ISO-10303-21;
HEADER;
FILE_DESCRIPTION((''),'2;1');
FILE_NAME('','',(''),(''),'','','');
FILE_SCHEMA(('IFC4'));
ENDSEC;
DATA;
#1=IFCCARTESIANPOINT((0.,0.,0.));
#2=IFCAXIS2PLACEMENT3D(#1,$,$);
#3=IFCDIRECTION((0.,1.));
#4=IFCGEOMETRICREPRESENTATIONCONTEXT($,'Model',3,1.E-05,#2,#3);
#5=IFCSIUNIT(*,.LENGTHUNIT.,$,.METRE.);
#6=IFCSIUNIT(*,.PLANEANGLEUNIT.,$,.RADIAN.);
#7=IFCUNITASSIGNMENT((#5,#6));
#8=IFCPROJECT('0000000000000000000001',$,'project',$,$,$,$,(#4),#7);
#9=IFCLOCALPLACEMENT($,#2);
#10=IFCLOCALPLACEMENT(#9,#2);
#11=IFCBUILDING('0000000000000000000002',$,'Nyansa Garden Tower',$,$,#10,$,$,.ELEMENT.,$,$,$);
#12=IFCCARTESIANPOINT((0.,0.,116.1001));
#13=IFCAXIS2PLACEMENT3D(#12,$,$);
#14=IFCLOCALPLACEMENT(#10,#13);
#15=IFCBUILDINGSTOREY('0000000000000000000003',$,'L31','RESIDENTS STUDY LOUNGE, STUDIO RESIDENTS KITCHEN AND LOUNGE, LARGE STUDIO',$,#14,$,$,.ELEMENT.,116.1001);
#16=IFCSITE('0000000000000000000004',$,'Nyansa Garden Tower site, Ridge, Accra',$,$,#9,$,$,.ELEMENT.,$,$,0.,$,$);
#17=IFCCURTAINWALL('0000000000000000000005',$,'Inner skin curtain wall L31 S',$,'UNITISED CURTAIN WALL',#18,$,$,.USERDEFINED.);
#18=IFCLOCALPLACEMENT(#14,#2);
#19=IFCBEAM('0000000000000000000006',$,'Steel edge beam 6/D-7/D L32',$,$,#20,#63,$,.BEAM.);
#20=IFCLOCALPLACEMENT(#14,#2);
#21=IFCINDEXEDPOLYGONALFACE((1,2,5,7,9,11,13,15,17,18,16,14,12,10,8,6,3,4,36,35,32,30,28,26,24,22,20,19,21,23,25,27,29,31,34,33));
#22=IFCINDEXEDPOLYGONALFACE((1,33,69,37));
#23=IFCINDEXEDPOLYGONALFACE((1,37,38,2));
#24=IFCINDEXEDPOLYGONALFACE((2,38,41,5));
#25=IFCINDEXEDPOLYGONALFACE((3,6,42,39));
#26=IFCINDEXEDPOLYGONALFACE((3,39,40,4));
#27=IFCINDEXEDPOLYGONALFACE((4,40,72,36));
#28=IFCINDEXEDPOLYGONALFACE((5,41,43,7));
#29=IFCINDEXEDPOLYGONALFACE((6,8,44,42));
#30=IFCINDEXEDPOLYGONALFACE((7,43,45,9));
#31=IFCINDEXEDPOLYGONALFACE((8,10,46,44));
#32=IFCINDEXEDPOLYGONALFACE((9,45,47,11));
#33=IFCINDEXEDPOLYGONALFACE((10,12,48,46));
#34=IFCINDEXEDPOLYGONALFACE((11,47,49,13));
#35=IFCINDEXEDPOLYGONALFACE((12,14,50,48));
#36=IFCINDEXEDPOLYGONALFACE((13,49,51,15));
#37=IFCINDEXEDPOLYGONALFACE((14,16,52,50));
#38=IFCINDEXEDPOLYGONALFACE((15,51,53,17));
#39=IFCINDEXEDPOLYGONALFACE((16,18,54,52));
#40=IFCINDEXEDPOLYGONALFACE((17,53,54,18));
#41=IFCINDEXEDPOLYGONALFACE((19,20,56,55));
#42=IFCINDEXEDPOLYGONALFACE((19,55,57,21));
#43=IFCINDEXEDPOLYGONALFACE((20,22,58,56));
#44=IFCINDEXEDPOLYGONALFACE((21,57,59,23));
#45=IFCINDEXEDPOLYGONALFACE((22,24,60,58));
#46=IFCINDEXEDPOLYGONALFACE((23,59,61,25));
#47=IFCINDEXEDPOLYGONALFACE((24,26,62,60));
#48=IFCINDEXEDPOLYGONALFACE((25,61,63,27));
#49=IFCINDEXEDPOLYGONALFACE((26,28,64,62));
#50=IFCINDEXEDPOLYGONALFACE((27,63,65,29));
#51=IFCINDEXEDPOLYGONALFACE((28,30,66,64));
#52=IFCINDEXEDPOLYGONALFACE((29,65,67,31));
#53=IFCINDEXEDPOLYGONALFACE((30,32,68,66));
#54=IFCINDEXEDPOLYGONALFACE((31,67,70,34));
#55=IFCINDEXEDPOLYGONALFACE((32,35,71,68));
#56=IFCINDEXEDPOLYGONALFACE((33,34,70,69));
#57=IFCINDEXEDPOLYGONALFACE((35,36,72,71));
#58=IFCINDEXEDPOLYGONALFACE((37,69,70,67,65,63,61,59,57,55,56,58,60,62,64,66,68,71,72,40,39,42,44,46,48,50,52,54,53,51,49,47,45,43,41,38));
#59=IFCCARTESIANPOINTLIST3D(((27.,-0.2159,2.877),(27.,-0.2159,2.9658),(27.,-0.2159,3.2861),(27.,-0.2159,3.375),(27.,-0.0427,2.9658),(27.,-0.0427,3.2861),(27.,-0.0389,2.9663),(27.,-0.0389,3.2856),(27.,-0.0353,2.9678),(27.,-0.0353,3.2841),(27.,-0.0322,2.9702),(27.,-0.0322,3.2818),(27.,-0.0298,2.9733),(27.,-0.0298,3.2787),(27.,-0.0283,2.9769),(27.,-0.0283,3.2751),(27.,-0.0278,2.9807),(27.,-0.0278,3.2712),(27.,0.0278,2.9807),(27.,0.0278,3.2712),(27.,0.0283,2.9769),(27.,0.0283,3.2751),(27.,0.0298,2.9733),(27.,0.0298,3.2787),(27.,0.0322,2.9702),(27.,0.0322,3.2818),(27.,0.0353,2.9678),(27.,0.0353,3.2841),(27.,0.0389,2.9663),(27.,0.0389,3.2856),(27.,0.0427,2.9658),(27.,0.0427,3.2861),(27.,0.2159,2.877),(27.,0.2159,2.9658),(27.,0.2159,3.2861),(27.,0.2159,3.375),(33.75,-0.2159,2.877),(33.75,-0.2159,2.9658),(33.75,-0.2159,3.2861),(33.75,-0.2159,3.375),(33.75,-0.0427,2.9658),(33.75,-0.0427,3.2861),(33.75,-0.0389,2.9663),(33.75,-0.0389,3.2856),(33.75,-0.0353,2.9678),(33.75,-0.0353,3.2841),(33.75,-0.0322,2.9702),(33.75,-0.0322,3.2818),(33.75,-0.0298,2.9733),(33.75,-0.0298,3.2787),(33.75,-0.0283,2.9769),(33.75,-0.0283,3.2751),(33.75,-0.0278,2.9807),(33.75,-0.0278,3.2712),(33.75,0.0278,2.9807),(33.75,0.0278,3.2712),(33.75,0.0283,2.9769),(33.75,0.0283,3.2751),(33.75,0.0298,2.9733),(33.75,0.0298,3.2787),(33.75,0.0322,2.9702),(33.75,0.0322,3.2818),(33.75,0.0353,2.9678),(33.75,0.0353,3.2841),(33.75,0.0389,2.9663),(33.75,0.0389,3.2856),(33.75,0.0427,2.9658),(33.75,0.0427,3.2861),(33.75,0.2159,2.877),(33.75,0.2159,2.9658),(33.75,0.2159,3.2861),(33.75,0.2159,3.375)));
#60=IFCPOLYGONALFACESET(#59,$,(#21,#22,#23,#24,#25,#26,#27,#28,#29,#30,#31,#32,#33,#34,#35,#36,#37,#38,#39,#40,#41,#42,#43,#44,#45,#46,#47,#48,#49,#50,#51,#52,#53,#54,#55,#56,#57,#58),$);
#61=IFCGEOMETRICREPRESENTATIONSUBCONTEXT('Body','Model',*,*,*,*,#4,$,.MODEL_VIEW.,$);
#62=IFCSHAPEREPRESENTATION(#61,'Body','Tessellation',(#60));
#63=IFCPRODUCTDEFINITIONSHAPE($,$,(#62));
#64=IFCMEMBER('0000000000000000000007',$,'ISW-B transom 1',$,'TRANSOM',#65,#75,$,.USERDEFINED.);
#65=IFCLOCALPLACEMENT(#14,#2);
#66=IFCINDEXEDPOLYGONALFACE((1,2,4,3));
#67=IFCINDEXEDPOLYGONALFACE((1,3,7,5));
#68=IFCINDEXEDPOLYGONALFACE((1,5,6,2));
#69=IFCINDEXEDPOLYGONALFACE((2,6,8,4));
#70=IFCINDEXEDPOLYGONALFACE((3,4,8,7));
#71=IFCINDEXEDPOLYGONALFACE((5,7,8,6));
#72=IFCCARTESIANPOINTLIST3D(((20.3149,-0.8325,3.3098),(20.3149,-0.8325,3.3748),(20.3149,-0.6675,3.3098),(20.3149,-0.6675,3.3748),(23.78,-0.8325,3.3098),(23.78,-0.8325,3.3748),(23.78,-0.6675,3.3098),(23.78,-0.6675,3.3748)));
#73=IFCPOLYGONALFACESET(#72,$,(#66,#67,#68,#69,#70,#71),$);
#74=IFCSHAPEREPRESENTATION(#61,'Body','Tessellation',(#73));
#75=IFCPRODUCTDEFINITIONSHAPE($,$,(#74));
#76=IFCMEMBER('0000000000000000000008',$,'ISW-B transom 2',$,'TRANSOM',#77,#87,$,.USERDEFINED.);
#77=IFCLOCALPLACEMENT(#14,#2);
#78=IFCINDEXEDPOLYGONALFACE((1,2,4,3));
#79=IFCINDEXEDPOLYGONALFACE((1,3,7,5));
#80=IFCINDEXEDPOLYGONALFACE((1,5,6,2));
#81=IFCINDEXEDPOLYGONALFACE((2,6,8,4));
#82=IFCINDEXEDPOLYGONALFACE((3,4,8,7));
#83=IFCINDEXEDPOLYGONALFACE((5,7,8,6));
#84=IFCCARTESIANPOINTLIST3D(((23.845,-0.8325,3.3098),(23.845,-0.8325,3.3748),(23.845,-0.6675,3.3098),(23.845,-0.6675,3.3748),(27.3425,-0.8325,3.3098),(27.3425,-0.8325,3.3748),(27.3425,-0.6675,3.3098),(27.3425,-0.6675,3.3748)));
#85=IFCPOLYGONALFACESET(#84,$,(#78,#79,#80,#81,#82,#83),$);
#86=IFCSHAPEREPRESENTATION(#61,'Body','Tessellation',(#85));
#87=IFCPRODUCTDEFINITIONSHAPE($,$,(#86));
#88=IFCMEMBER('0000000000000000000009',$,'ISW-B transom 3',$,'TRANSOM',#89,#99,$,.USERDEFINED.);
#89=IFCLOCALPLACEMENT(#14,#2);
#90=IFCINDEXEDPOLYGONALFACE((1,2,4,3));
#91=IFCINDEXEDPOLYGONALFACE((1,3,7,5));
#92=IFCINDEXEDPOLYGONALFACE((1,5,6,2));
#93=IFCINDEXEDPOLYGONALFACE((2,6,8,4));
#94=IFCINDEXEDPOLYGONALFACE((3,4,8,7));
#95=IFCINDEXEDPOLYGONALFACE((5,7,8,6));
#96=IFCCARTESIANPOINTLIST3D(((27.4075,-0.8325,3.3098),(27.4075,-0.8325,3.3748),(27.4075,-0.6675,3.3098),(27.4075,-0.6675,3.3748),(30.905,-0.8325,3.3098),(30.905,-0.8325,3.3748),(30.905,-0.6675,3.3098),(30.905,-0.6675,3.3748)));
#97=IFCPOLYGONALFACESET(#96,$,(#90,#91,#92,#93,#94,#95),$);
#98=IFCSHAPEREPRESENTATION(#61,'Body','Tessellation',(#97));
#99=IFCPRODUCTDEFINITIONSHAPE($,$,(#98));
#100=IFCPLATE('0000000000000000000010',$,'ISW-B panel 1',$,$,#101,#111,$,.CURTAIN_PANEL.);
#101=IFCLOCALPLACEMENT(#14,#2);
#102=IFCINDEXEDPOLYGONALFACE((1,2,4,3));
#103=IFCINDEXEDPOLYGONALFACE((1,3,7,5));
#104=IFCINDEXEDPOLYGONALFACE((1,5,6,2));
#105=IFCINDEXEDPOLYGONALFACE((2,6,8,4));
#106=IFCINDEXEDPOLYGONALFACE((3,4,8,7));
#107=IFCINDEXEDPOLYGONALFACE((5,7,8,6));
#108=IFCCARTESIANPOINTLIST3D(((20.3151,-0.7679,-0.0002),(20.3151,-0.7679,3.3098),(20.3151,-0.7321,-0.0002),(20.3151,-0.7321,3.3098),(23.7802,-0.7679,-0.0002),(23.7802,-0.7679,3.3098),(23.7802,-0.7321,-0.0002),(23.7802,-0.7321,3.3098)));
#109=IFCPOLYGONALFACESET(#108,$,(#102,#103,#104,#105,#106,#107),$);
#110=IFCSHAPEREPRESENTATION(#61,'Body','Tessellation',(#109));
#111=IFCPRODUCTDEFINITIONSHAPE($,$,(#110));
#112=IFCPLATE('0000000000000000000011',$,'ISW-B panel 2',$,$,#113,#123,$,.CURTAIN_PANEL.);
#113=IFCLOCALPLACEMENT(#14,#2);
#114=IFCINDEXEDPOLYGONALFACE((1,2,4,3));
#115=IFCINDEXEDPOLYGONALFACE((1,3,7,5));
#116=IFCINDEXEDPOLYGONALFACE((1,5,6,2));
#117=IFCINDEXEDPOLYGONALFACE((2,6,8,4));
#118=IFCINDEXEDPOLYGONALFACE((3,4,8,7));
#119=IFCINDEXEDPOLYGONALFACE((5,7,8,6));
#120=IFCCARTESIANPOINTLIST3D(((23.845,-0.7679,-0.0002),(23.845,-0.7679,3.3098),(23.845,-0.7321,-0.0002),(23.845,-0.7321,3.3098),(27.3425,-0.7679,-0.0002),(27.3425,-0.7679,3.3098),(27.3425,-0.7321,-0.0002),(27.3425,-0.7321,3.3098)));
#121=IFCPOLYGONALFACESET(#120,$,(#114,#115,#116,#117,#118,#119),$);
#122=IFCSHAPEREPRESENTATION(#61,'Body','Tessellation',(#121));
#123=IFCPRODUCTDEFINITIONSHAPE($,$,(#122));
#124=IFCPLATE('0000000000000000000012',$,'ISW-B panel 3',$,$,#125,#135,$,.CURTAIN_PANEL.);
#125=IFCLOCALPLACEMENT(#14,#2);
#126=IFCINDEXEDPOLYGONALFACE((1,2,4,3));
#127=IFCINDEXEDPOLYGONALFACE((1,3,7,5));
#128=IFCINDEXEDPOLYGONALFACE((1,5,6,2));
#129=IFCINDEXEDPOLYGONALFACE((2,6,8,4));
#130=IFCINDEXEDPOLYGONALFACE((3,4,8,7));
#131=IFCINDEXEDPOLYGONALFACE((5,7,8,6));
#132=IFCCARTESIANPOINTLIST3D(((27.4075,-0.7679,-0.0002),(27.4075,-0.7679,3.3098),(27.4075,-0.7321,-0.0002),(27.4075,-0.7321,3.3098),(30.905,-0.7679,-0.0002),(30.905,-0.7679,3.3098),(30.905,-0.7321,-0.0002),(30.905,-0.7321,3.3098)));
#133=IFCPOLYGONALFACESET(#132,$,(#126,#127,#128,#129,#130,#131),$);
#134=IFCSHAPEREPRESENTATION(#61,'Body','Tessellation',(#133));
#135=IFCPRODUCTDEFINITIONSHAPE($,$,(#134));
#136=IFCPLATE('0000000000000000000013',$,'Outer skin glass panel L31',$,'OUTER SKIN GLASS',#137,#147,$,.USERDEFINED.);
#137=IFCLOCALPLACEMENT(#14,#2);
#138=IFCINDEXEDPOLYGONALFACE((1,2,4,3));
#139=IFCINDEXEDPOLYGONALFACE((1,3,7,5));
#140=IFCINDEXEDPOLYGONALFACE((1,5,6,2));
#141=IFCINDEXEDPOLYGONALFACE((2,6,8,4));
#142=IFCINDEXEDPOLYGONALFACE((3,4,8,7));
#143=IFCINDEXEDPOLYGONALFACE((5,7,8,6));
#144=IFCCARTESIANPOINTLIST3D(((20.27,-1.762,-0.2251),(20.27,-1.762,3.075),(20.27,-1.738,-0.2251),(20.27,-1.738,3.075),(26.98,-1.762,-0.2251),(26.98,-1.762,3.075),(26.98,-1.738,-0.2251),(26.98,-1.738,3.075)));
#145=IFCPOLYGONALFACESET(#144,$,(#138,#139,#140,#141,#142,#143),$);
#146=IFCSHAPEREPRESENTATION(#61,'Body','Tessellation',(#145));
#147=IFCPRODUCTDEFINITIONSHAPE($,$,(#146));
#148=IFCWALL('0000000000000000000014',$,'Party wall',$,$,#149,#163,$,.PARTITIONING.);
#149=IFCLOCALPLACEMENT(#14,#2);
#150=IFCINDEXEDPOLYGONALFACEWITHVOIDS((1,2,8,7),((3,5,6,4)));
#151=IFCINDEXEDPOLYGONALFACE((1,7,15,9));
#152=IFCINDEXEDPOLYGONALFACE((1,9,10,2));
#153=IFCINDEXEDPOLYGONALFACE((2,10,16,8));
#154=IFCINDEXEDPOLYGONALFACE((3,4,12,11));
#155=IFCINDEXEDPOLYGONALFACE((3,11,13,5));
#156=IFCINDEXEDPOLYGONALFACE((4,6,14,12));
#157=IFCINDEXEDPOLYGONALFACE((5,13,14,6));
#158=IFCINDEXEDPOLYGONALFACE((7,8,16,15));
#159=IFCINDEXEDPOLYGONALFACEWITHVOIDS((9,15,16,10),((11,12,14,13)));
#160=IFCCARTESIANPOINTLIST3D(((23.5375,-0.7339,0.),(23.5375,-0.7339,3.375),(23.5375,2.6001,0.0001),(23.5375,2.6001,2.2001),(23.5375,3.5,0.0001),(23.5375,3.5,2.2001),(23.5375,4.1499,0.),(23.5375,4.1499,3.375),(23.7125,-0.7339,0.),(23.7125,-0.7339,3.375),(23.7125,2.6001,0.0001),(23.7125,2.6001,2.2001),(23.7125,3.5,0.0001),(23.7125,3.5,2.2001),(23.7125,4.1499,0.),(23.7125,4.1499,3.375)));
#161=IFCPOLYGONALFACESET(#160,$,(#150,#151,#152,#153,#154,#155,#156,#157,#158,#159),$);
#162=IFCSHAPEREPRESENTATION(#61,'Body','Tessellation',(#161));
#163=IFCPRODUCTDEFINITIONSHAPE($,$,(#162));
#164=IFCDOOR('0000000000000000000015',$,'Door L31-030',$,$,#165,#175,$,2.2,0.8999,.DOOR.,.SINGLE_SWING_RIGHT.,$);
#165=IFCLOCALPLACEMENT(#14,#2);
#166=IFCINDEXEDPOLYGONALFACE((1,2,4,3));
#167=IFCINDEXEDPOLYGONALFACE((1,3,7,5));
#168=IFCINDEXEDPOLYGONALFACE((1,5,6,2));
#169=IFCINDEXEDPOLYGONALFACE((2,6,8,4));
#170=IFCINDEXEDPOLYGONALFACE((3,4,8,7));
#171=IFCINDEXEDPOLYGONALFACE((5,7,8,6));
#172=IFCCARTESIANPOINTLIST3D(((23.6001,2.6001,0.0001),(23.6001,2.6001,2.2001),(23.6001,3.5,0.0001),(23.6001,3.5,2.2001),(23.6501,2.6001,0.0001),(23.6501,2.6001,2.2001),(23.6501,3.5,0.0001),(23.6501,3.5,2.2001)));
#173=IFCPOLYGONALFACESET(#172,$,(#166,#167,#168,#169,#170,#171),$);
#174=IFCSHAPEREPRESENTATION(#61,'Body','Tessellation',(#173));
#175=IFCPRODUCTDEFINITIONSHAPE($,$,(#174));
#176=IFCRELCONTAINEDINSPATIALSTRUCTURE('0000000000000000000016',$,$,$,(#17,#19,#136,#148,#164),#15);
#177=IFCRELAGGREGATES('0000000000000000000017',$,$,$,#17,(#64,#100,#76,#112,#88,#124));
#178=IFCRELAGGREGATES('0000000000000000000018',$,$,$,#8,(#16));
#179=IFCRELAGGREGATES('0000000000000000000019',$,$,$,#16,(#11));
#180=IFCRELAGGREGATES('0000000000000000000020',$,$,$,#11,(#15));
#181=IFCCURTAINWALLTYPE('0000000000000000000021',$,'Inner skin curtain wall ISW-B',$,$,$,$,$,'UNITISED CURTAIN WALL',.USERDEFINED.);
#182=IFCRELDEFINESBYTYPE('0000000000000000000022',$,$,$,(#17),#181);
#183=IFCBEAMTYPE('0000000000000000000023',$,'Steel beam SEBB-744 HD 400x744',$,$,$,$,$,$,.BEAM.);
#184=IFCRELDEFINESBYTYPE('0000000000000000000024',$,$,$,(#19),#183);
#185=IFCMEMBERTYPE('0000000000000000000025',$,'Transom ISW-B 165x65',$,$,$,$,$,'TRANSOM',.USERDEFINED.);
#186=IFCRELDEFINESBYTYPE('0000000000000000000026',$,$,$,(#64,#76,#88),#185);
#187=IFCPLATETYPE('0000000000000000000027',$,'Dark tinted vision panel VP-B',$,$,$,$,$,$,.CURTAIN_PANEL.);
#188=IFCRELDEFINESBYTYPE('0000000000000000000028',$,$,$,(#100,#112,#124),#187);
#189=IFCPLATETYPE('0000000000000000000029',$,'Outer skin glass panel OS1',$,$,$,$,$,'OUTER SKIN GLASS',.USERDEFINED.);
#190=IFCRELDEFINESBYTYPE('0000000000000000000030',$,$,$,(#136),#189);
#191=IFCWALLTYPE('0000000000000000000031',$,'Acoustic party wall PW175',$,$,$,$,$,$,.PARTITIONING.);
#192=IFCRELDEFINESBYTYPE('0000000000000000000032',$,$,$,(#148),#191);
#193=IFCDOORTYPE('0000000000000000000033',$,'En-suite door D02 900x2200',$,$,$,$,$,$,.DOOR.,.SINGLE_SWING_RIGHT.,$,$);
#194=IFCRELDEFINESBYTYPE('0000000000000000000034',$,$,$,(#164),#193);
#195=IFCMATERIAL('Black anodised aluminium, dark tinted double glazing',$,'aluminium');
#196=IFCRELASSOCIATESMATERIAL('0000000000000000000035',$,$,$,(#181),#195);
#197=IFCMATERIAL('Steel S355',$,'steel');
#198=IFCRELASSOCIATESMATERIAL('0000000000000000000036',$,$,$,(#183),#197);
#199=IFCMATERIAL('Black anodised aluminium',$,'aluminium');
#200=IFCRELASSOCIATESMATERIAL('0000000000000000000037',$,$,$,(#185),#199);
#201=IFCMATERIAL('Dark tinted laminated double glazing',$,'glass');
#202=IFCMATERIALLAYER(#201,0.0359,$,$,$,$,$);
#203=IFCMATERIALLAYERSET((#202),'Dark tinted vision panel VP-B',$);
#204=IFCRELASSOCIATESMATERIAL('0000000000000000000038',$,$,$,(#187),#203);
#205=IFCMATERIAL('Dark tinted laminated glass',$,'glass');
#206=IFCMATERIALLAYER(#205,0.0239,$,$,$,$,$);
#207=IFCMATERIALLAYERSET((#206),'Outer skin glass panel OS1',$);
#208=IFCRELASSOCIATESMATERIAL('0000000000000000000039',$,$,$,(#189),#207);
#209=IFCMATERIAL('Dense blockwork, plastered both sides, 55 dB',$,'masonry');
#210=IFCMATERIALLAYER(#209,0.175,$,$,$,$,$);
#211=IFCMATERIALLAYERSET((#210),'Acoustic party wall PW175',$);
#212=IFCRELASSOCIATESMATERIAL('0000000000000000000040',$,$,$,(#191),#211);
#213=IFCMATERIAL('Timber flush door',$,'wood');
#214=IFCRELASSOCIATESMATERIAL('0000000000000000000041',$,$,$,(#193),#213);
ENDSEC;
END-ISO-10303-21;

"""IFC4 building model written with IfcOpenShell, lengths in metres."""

from ifc_helpers import new_model, si_unit, direction, frame, frame_2d, origin, origin_2d, place, context, subcontext, project, spatial, rectangle, i_section, extrude, material, layer, layer_set, material_profile, profile_set, type_object, element, fill, aggregate, save


model = new_model("IFC4")

# Units and contexts
model_context = context("Model", 3, precision=1e-05, world=origin(), true_north=direction((0.0, 1.0)))
body_context = subcontext(model_context, "Body", "Model", "MODEL_VIEW")
ifc_project = project(units=[si_unit("LENGTHUNIT", "METRE"), si_unit("PLANEANGLEUNIT", "RADIAN")], contexts=[model_context])

# Site, building, storey
site_placement = place(None, origin())
site = spatial("IfcSite", under=ifc_project, at=site_placement, Name="Nyansa Garden Tower site, Ridge, Accra", CompositionType="ELEMENT", RefElevation=0.0)
building_placement = place(site_placement, origin())
building = spatial("IfcBuilding", under=site, at=building_placement, Name="Nyansa Garden Tower", CompositionType="ELEMENT")
storey_placement = place(building_placement, frame((0.0, 0.0, 116.1001)))
storey = spatial("IfcBuildingStorey", under=building, at=storey_placement, Name="L31", Description="RESIDENTS STUDY LOUNGE, STUDIO RESIDENTS KITCHEN AND LOUNGE, LARGE STUDIO", CompositionType="ELEMENT", Elevation=116.1001)

# Curtain wall
ifc_material_1 = material(Name="Black anodised aluminium, dark tinted double glazing", Category="aluminium")
curtain_wall_type = type_object("IfcCurtainWallType", Name="Inner skin curtain wall ISW-B", ElementType="UNITISED CURTAIN WALL", PredefinedType="USERDEFINED", material=ifc_material_1)
curtain_wall_placement = place(storey_placement, origin())
curtain_wall = element("IfcCurtainWall", 1, at=curtain_wall_placement, inside=storey, type_object=curtain_wall_type, Name="Inner skin curtain wall L31 S", ObjectType="UNITISED CURTAIN WALL", PredefinedType="USERDEFINED")

# Beam
ifc_material_2 = material(Name="Steel S355", Category="steel")
ifc_material_profile_1 = material_profile(ifc_material_2, i_section(OverallWidth=0.4319, OverallDepth=0.498, WebThickness=0.0557, FlangeThickness=0.0889, FilletRadius=0.0149, at=origin_2d()), Name="HD 400x744")
ifc_profile_set_1 = profile_set([ifc_material_profile_1], Name="Steel S355")
beam_type_1 = type_object("IfcBeamType", Name="Steel beam SEBB-744 HD 400x744", PredefinedType="BEAM", material=ifc_profile_set_1)
beam_1_placement = place(storey_placement, frame((27.0, 0.0, 3.126), z_axis=(1.0, 0.0, 0.0), x_axis=(0.0, 1.0, 0.0)))
element("IfcBeam", 2, at=beam_1_placement, inside=storey, type_object=beam_type_1, Name="Steel edge beam 6/D-7/D L32", PredefinedType="BEAM", context=body_context, shape_type="SweptSolid", body=[
    extrude(i_section(OverallWidth=0.4319, OverallDepth=0.498, WebThickness=0.0557, FlangeThickness=0.0889, FilletRadius=0.0149, at=origin_2d()), origin(), (0.0, 0.0, 1.0), 6.75),
])

# Members
ifc_material_3 = material(Name="Black anodised aluminium", Category="aluminium")
ifc_material_profile_2 = material_profile(ifc_material_3, rectangle(XDim=0.165, YDim=0.0649, at=origin_2d()), Name="Transom 165x65")
ifc_profile_set_2 = profile_set([ifc_material_profile_2], Name="Black anodised aluminium")
member_type_1 = type_object("IfcMemberType", Name="Transom ISW-B 165x65", ElementType="TRANSOM", PredefinedType="USERDEFINED", material=ifc_profile_set_2)
member_1_placement = place(storey_placement, frame((20.3149, -0.75, 3.3423), z_axis=(1.0, 0.0, 0.0), x_axis=(0.0, 1.0, 0.0)))
member_1 = element("IfcMember", 3, at=member_1_placement, type_object=member_type_1, Name="ISW-B transom 1", ObjectType="TRANSOM", PredefinedType="USERDEFINED", context=body_context, shape_type="SweptSolid", body=[
    extrude(rectangle(XDim=0.165, YDim=0.0649, at=origin_2d()), origin(), (0.0, 0.0, 1.0), 3.4651),
])
member_2_placement = place(storey_placement, frame((23.845, -0.75, 3.3423), z_axis=(1.0, 0.0, 0.0), x_axis=(0.0, 1.0, 0.0)))
member_2 = element("IfcMember", 4, at=member_2_placement, type_object=member_type_1, Name="ISW-B transom 2", ObjectType="TRANSOM", PredefinedType="USERDEFINED", context=body_context, shape_type="SweptSolid", body=[
    extrude(rectangle(XDim=0.165, YDim=0.0649, at=origin_2d()), origin(), (0.0, 0.0, 1.0), 3.4976),
])
member_3_placement = place(storey_placement, frame((27.4075, -0.75, 3.3423), z_axis=(1.0, 0.0, 0.0), x_axis=(0.0, 1.0, 0.0)))
member_3 = element("IfcMember", 5, at=member_3_placement, type_object=member_type_1, Name="ISW-B transom 3", ObjectType="TRANSOM", PredefinedType="USERDEFINED", context=body_context, shape_type="SweptSolid", body=[
    extrude(rectangle(XDim=0.165, YDim=0.0649, at=origin_2d()), origin(), (0.0, 0.0, 1.0), 3.4976),
])

# Plates
ifc_material_4 = material(Name="Dark tinted laminated double glazing", Category="glass")
ifc_layer_1 = layer(ifc_material_4, 0.0359)
ifc_layer_set_1 = layer_set([ifc_layer_1], Name="Dark tinted vision panel VP-B")
plate_type_1 = type_object("IfcPlateType", Name="Dark tinted vision panel VP-B", PredefinedType="CURTAIN_PANEL", material=ifc_layer_set_1)
plate_1_placement = place(storey_placement, frame((22.0476, -0.75, -0.0002), z_axis=(0.0, 0.0, 1.0), x_axis=(1.0, 0.0, 0.0)))
plate_1 = element("IfcPlate", 6, at=plate_1_placement, type_object=plate_type_1, Name="ISW-B panel 1", PredefinedType="CURTAIN_PANEL", context=body_context, shape_type="SweptSolid", body=[
    extrude(rectangle(XDim=3.4651, YDim=0.0359, at=origin_2d()), origin(), (0.0, 0.0, 1.0), 3.3101),
])
plate_2_placement = place(storey_placement, frame((25.5938, -0.75, -0.0002), z_axis=(0.0, 0.0, 1.0), x_axis=(1.0, 0.0, 0.0)))
plate_2 = element("IfcPlate", 7, at=plate_2_placement, type_object=plate_type_1, Name="ISW-B panel 2", PredefinedType="CURTAIN_PANEL", context=body_context, shape_type="SweptSolid", body=[
    extrude(rectangle(XDim=3.4976, YDim=0.0359, at=origin_2d()), origin(), (0.0, 0.0, 1.0), 3.3101),
])
plate_3_placement = place(storey_placement, frame((29.1562, -0.75, -0.0002), z_axis=(0.0, 0.0, 1.0), x_axis=(1.0, 0.0, 0.0)))
plate_3 = element("IfcPlate", 8, at=plate_3_placement, type_object=plate_type_1, Name="ISW-B panel 3", PredefinedType="CURTAIN_PANEL", context=body_context, shape_type="SweptSolid", body=[
    extrude(rectangle(XDim=3.4976, YDim=0.0359, at=origin_2d()), origin(), (0.0, 0.0, 1.0), 3.3101),
])
aggregate(curtain_wall, [member_1, plate_1, member_2, plate_2, member_3, plate_3])
ifc_material_5 = material(Name="Dark tinted laminated glass", Category="glass")
ifc_layer_2 = layer(ifc_material_5, 0.0239)
ifc_layer_set_2 = layer_set([ifc_layer_2], Name="Outer skin glass panel OS1")
plate_type_2 = type_object("IfcPlateType", Name="Outer skin glass panel OS1", ElementType="OUTER SKIN GLASS", PredefinedType="USERDEFINED", material=ifc_layer_set_2)
plate_4_placement = place(storey_placement, frame((23.625, -1.75, -0.2251), z_axis=(0.0, 0.0, 1.0), x_axis=(1.0, 0.0, 0.0)))
element("IfcPlate", 9, at=plate_4_placement, inside=storey, type_object=plate_type_2, Name="Outer skin glass panel L31", ObjectType="OUTER SKIN GLASS", PredefinedType="USERDEFINED", context=body_context, shape_type="SweptSolid", body=[
    extrude(rectangle(XDim=6.71, YDim=0.0239, at=origin_2d()), origin(), (0.0, 0.0, 1.0), 3.3),
])

# Wall, opening, door
ifc_material_6 = material(Name="Dense blockwork, plastered both sides, 55 dB", Category="masonry")
ifc_layer_3 = layer(ifc_material_6, 0.175)
ifc_layer_set_3 = layer_set([ifc_layer_3], Name="Acoustic party wall PW175")
wall_type_1 = type_object("IfcWallType", Name="Acoustic party wall PW175", PredefinedType="PARTITIONING", material=ifc_layer_set_3)
wall_1_placement = place(storey_placement, frame((23.625, -0.7339, 0.0), z_axis=(0.0, 0.0, 1.0), x_axis=(0.0, 1.0, 0.0)))
wall_1 = element("IfcWall", 10, at=wall_1_placement, inside=storey, type_object=wall_type_1, Name="Party wall", PredefinedType="PARTITIONING", context=body_context, shape_type="SweptSolid", body=[
    extrude(rectangle(XDim=4.8838, YDim=0.175, at=frame_2d((2.4419, 0.0))), origin(), (0.0, 0.0, 1.0), 3.375),
])
opening_1_placement = place(wall_1_placement, frame((3.334, 0.0, 0.0)))
opening_1 = element("IfcOpeningElement", 11, at=opening_1_placement, cuts=wall_1, PredefinedType="OPENING", context=body_context, shape_type="SweptSolid", body=[
    extrude(rectangle(XDim=0.8999, YDim=2.2, at=frame_2d((0.45, 1.1001))), frame((0.0, 0.0974, 0.0), z_axis=(0.0, -1.0, 0.0), x_axis=(1.0, 0.0, 0.0)), (0.0, 0.0, 1.0), 0.1951),
])
ifc_material_7 = material(Name="Timber flush door", Category="wood")
door_type_1 = type_object("IfcDoorType", Name="En-suite door D02 900x2200", OperationType="SINGLE_SWING_RIGHT", PredefinedType="DOOR", material=ifc_material_7)
door_1_placement = place(opening_1_placement, origin())
door_1 = element("IfcDoor", 12, at=door_1_placement, inside=storey, type_object=door_type_1, Name="Door L31-030", OperationType="SINGLE_SWING_RIGHT", OverallHeight=2.2, OverallWidth=0.8999, PredefinedType="DOOR", context=body_context, shape_type="SweptSolid", body=[
    extrude(rectangle(XDim=0.8999, YDim=2.2, at=frame_2d((0.45, 1.1001))), frame((0.0, 0.0249, 0.0), z_axis=(0.0, -1.0, 0.0), x_axis=(1.0, 0.0, 0.0)), (0.0, 0.0, 1.0), 0.05),
])
fill(opening_1, door_1)

save(model, "model.ifc")
